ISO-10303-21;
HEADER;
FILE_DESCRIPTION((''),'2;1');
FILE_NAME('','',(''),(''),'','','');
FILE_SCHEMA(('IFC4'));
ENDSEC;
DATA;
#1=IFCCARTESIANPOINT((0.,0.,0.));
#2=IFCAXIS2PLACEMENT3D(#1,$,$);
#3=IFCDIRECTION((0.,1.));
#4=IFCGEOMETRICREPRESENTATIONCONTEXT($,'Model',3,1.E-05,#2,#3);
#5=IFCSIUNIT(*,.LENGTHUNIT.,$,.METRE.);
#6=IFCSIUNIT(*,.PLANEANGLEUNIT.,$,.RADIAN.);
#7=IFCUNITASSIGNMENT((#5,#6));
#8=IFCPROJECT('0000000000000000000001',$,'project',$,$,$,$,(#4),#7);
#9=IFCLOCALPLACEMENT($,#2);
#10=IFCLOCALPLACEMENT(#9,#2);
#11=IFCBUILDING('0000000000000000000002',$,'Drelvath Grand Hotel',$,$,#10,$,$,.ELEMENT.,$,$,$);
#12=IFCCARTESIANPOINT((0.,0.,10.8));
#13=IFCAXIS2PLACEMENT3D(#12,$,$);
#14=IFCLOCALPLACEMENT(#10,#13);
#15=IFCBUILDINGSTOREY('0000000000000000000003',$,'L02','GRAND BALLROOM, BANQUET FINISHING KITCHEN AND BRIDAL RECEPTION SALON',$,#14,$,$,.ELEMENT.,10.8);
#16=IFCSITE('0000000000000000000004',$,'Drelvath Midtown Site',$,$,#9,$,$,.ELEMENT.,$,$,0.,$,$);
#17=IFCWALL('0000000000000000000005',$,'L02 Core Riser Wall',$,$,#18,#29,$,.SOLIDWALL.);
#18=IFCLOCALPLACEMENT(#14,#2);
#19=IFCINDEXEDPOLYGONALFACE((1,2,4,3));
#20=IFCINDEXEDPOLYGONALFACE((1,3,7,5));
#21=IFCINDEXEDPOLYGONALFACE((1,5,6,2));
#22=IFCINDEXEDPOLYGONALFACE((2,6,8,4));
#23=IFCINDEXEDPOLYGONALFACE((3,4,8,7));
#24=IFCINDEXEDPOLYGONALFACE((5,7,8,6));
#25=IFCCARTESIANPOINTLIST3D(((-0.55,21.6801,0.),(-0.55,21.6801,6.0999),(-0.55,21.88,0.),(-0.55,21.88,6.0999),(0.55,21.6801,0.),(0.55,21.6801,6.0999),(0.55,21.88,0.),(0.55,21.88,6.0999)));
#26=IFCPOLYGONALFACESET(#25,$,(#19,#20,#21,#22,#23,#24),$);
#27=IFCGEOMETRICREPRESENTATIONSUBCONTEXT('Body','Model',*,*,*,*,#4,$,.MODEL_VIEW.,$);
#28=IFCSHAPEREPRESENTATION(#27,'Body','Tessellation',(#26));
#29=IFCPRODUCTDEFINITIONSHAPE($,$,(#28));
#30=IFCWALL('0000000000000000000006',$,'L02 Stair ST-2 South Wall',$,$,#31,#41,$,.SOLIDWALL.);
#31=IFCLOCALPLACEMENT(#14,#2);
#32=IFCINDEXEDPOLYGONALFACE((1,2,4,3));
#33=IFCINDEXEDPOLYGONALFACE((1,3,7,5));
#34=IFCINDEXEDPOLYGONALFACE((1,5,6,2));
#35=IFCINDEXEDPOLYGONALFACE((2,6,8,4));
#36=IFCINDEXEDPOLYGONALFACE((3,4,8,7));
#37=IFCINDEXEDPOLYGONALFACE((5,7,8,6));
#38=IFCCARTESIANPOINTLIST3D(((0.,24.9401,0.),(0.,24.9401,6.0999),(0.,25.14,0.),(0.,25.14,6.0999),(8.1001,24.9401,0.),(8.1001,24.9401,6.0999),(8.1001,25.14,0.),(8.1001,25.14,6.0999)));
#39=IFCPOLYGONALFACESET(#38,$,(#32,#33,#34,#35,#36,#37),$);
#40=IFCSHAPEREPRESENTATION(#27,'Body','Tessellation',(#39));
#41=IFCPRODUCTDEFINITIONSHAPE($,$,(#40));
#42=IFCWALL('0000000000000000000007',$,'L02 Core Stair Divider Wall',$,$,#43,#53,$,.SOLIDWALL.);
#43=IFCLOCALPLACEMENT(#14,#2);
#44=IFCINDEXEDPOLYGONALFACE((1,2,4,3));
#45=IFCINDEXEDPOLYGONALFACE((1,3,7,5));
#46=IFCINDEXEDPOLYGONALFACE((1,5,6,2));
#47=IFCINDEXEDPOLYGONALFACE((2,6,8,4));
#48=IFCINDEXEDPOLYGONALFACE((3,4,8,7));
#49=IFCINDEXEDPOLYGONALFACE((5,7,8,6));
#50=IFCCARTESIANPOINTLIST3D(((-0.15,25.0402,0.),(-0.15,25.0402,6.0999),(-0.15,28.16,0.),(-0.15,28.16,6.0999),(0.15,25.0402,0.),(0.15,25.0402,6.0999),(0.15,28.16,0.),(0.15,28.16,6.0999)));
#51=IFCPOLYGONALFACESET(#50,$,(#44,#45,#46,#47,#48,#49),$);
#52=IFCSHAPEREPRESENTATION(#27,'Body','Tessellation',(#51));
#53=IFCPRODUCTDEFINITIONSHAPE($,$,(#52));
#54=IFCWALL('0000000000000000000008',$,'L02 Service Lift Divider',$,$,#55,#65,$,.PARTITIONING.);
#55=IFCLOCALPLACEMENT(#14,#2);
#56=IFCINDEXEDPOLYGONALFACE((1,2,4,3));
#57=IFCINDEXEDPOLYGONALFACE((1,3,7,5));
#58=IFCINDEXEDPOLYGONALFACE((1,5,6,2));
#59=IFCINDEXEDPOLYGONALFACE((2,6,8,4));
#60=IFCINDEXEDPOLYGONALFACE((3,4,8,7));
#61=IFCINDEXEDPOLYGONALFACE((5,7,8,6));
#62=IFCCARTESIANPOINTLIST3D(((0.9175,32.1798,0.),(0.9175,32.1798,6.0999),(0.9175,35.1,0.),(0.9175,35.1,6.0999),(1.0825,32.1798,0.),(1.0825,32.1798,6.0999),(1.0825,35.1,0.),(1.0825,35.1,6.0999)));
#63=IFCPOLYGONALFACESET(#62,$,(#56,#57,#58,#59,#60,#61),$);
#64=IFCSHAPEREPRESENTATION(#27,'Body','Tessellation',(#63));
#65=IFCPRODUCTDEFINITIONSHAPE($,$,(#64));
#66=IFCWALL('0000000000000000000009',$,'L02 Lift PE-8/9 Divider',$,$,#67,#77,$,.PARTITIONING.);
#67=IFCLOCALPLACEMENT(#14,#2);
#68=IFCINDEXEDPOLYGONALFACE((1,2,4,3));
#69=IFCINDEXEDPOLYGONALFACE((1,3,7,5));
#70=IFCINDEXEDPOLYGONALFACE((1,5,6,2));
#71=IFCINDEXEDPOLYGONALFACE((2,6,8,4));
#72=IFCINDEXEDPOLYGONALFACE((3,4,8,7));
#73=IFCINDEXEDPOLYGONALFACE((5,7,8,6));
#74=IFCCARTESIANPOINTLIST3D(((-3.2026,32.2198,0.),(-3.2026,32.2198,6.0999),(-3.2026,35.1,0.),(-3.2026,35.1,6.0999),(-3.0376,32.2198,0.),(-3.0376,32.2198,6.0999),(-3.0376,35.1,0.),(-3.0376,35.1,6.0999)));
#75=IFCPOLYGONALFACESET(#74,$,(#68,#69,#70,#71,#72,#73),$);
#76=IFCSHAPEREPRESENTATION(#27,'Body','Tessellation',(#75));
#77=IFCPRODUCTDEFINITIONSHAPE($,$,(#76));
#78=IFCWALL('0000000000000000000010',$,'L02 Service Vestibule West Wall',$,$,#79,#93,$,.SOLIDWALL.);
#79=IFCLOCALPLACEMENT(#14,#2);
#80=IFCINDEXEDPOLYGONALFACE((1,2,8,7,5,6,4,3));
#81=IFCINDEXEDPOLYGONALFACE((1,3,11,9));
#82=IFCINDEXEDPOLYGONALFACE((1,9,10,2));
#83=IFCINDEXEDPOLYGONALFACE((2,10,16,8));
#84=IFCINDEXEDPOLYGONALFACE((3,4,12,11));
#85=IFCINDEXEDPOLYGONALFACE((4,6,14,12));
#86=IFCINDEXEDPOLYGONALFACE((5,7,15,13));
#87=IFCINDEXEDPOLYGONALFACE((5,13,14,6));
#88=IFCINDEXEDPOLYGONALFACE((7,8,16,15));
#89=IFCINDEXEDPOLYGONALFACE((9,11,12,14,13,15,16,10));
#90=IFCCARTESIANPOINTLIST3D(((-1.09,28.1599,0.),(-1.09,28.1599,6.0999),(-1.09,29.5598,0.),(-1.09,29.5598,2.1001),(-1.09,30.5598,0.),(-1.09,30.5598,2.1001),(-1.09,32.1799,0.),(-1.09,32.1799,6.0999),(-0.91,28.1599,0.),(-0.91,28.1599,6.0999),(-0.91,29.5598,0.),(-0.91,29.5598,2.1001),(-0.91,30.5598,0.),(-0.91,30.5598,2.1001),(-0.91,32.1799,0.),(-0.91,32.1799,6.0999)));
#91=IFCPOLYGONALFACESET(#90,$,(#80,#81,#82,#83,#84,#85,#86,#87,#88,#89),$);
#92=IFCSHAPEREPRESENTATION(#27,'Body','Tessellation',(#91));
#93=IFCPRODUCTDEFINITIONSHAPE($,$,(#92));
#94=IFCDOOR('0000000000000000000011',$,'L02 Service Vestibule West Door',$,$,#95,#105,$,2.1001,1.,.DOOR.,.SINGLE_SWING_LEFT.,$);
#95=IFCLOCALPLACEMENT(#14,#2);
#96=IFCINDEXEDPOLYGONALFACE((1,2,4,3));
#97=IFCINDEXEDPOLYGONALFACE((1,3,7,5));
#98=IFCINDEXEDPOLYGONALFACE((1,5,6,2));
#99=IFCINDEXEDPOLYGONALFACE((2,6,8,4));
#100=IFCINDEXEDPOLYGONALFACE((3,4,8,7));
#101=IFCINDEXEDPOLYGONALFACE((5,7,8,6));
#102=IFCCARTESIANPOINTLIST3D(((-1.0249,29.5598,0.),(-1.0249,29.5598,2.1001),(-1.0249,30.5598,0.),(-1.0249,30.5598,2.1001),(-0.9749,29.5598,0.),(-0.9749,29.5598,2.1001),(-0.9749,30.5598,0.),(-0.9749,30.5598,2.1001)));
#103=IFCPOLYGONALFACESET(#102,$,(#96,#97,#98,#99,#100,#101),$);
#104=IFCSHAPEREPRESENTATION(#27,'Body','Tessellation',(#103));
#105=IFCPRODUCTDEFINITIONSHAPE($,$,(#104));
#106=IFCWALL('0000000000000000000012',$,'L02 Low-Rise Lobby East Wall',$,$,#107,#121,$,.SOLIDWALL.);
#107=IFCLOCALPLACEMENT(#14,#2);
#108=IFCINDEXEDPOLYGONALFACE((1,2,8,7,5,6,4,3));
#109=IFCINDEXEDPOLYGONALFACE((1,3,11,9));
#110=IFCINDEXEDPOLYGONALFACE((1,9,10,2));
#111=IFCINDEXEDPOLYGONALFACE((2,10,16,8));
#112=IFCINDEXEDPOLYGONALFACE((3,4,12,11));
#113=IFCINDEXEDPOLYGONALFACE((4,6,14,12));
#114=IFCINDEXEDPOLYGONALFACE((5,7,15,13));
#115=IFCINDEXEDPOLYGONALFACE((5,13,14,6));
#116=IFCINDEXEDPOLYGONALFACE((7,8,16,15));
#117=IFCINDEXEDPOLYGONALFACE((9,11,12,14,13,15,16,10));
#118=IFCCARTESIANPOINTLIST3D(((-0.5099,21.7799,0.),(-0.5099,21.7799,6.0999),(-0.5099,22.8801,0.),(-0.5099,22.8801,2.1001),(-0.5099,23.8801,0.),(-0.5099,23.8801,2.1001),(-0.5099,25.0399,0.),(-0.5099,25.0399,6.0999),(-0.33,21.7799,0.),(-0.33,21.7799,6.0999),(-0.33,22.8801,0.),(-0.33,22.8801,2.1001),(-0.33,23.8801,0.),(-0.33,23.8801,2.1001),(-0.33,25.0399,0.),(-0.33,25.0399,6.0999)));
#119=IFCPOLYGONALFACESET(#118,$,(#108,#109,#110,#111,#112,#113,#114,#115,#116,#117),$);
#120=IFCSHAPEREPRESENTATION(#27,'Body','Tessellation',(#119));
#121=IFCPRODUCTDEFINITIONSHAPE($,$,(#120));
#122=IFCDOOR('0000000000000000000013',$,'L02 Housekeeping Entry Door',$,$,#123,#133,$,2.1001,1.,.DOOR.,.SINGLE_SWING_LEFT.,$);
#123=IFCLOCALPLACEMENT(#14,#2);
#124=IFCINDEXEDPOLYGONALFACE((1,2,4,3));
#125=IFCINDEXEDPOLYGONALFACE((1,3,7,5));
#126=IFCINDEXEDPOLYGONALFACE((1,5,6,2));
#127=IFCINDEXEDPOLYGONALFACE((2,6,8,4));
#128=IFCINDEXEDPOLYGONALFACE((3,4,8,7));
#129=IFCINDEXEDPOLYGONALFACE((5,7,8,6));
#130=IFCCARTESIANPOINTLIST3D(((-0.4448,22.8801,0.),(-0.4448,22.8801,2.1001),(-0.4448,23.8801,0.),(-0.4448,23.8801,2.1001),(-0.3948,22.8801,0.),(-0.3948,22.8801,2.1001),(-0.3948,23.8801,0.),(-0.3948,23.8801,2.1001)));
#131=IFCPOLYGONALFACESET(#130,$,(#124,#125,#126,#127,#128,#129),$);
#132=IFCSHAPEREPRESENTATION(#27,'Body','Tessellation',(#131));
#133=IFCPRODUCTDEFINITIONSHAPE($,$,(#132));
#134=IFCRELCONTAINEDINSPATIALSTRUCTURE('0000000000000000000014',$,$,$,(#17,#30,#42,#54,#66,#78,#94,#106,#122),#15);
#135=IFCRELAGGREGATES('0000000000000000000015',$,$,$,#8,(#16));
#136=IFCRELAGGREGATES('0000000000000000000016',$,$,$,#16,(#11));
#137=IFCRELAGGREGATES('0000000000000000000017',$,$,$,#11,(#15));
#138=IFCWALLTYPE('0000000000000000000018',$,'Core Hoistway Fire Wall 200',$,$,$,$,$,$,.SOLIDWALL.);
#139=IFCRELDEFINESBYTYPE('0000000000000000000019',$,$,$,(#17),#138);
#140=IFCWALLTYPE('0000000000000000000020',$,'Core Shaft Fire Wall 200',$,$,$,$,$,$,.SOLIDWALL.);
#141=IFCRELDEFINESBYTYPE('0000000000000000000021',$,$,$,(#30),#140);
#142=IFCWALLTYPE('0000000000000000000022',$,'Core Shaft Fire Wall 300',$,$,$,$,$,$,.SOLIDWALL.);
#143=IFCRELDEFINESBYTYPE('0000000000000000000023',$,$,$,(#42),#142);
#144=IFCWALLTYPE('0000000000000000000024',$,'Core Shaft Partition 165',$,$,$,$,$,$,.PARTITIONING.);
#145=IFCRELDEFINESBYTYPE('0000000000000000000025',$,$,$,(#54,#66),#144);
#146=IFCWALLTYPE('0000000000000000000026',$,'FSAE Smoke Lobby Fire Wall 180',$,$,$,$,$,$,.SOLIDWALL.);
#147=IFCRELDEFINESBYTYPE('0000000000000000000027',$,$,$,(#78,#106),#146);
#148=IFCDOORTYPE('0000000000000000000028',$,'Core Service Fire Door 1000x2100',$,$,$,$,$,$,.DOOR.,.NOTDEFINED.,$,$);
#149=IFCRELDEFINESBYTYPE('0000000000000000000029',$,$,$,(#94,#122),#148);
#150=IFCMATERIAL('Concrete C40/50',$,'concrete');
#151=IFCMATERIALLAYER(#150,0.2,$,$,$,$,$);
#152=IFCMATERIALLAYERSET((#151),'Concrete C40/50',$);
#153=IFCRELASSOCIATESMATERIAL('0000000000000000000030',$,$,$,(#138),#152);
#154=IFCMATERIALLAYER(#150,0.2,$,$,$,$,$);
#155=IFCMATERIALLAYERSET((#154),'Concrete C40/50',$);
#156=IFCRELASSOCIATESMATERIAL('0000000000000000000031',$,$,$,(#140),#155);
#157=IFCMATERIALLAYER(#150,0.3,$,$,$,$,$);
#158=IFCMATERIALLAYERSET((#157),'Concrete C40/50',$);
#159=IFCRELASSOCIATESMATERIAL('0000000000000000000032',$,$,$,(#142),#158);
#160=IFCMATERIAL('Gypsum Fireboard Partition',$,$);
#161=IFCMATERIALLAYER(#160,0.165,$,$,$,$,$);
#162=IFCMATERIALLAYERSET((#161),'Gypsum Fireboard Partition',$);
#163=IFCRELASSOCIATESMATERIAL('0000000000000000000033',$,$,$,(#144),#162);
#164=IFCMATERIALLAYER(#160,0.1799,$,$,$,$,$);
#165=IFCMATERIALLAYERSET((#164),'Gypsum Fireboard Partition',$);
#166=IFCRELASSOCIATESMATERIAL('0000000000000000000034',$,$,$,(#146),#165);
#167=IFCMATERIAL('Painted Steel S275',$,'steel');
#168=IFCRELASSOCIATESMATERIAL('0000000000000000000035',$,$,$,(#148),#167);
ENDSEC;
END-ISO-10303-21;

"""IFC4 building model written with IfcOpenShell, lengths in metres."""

from ifc_helpers import new_model, si_unit, direction, frame, frame_2d, origin, place, context, subcontext, project, spatial, rectangle, extrude, material, layer, layer_set, type_object, element, fill, save


model = new_model("IFC4")

# Units and contexts
model_context = context("Model", 3, precision=1e-05, world=origin(), true_north=direction((0.0, 1.0)))
body_context = subcontext(model_context, "Body", "Model", "MODEL_VIEW")
ifc_project = project(units=[si_unit("LENGTHUNIT", "METRE"), si_unit("PLANEANGLEUNIT", "RADIAN")], contexts=[model_context])

# Site, building, storey
site_placement = place(None, origin())
site = spatial("IfcSite", under=ifc_project, at=site_placement, Name="Drelvath Midtown Site", CompositionType="ELEMENT", RefElevation=0.0)
building_placement = place(site_placement, origin())
building = spatial("IfcBuilding", under=site, at=building_placement, Name="Drelvath Grand Hotel", CompositionType="ELEMENT")
storey_placement = place(building_placement, frame((0.0, 0.0, 10.8)))
storey = spatial("IfcBuildingStorey", under=building, at=storey_placement, Name="L02", Description="GRAND BALLROOM, BANQUET FINISHING KITCHEN AND BRIDAL RECEPTION SALON", CompositionType="ELEMENT", Elevation=10.8)

# Shared definitions
ifc_material_1 = material(Name="Painted Steel S275", Category="steel")

# Shared definitions
ifc_material_2 = material(Name="Concrete C40/50", Category="concrete")
ifc_layer_1 = layer(ifc_material_2, 0.2)
ifc_layer_set_1 = layer_set([ifc_layer_1], Name="Concrete C40/50")
wall_type_1 = type_object("IfcWallType", Name="Core Hoistway Fire Wall 200", PredefinedType="SOLIDWALL", material=ifc_layer_set_1)

# Walls
wall_1_placement = place(storey_placement, frame((-0.55, 21.78, 0.0), z_axis=(0.0, 0.0, 1.0), x_axis=(1.0, 0.0, 0.0)))
element("IfcWall", 1, at=wall_1_placement, inside=storey, type_object=wall_type_1, Name="L02 Core Riser Wall", PredefinedType="SOLIDWALL", context=body_context, shape_type="SweptSolid", body=[
    extrude(rectangle(XDim=1.1001, YDim=0.2, at=frame_2d((0.55, 0.0))), origin(), (0.0, 0.0, 1.0), 6.0999),
])
ifc_layer_2 = layer(ifc_material_2, 0.2)
ifc_layer_set_2 = layer_set([ifc_layer_2], Name="Concrete C40/50")
wall_type_2 = type_object("IfcWallType", Name="Core Shaft Fire Wall 200", PredefinedType="SOLIDWALL", material=ifc_layer_set_2)
wall_2_placement = place(storey_placement, frame((0.0, 25.04, 0.0), z_axis=(0.0, 0.0, 1.0), x_axis=(1.0, 0.0, 0.0)))
element("IfcWall", 2, at=wall_2_placement, inside=storey, type_object=wall_type_2, Name="L02 Stair ST-2 South Wall", PredefinedType="SOLIDWALL", context=body_context, shape_type="SweptSolid", body=[
    extrude(rectangle(XDim=8.1001, YDim=0.2, at=frame_2d((4.05, 0.0))), origin(), (0.0, 0.0, 1.0), 6.0999),
])
ifc_layer_3 = layer(ifc_material_2, 0.3)
ifc_layer_set_3 = layer_set([ifc_layer_3], Name="Concrete C40/50")
wall_type_3 = type_object("IfcWallType", Name="Core Shaft Fire Wall 300", PredefinedType="SOLIDWALL", material=ifc_layer_set_3)
wall_3_placement = place(storey_placement, frame((0.0, 25.04, 0.0), z_axis=(0.0, 0.0, 1.0), x_axis=(0.0, 1.0, 0.0)))
element("IfcWall", 3, at=wall_3_placement, inside=storey, type_object=wall_type_3, Name="L02 Core Stair Divider Wall", PredefinedType="SOLIDWALL", context=body_context, shape_type="SweptSolid", body=[
    extrude(rectangle(XDim=3.1199, YDim=0.3, at=frame_2d((1.5601, 0.0))), origin(), (0.0, 0.0, 1.0), 6.0999),
])
ifc_material_3 = material(Name="Gypsum Fireboard Partition")
ifc_layer_4 = layer(ifc_material_3, 0.165)
ifc_layer_set_4 = layer_set([ifc_layer_4], Name="Gypsum Fireboard Partition")
wall_type_4 = type_object("IfcWallType", Name="Core Shaft Partition 165", PredefinedType="PARTITIONING", material=ifc_layer_set_4)
wall_4_placement = place(storey_placement, frame((1.0, 32.1799, 0.0), z_axis=(0.0, 0.0, 1.0), x_axis=(0.0, 1.0, 0.0)))
element("IfcWall", 4, at=wall_4_placement, inside=storey, type_object=wall_type_4, Name="L02 Service Lift Divider", PredefinedType="PARTITIONING", context=body_context, shape_type="SweptSolid", body=[
    extrude(rectangle(XDim=2.9202, YDim=0.165, at=frame_2d((1.46, 0.0))), origin(), (0.0, 0.0, 1.0), 6.0999),
])
wall_5_placement = place(storey_placement, frame((-3.1201, 32.22, 0.0), z_axis=(0.0, 0.0, 1.0), x_axis=(0.0, 1.0, 0.0)))
element("IfcWall", 5, at=wall_5_placement, inside=storey, type_object=wall_type_4, Name="L02 Lift PE-8/9 Divider", PredefinedType="PARTITIONING", context=body_context, shape_type="SweptSolid", body=[
    extrude(rectangle(XDim=2.8801, YDim=0.165, at=frame_2d((1.4399, 0.0))), origin(), (0.0, 0.0, 1.0), 6.0999),
])

# Walls, openings, doors
ifc_layer_5 = layer(ifc_material_3, 0.1799)
ifc_layer_set_5 = layer_set([ifc_layer_5], Name="Gypsum Fireboard Partition")
wall_type_5 = type_object("IfcWallType", Name="FSAE Smoke Lobby Fire Wall 180", PredefinedType="SOLIDWALL", material=ifc_layer_set_5)
wall_6_placement = place(storey_placement, frame((-1.0, 28.1599, 0.0), z_axis=(0.0, 0.0, 1.0), x_axis=(0.0, 1.0, 0.0)))
wall_6 = element("IfcWall", 6, at=wall_6_placement, inside=storey, type_object=wall_type_5, Name="L02 Service Vestibule West Wall", PredefinedType="SOLIDWALL", context=body_context, shape_type="SweptSolid", body=[
    extrude(rectangle(XDim=4.02, YDim=0.1799, at=frame_2d((2.01, 0.0))), origin(), (0.0, 0.0, 1.0), 6.0999),
])
opening_1_placement = place(wall_6_placement, frame((1.3999, 0.0, 0.0)))
opening_1 = element("IfcOpeningElement", 7, at=opening_1_placement, cuts=wall_6, PredefinedType="OPENING", context=body_context, shape_type="SweptSolid", body=[
    extrude(rectangle(XDim=1.0, YDim=2.1001, at=frame_2d((0.5, 1.05))), frame((0.0, 0.0999, 0.0), z_axis=(0.0, -1.0, 0.0), x_axis=(1.0, 0.0, 0.0)), (0.0, 0.0, 1.0), 0.2),
])
door_type_1 = type_object("IfcDoorType", Name="Core Service Fire Door 1000x2100", OperationType="NOTDEFINED", PredefinedType="DOOR", material=ifc_material_1)
door_1_placement = place(opening_1_placement, origin())
door_1 = element("IfcDoor", 8, at=door_1_placement, inside=storey, type_object=door_type_1, Name="L02 Service Vestibule West Door", OperationType="SINGLE_SWING_LEFT", OverallHeight=2.1001, OverallWidth=1.0, PredefinedType="DOOR", context=body_context, shape_type="SweptSolid", body=[
    extrude(rectangle(XDim=1.0, YDim=2.1001, at=frame_2d((0.5, 1.05))), frame((0.0, 0.0249, 0.0), z_axis=(0.0, -1.0, 0.0), x_axis=(1.0, 0.0, 0.0)), (0.0, 0.0, 1.0), 0.05),
])
fill(opening_1, door_1)
wall_7_placement = place(storey_placement, frame((-0.4199, 21.78, 0.0), z_axis=(0.0, 0.0, 1.0), x_axis=(0.0, 1.0, 0.0)))
wall_7 = element("IfcWall", 9, at=wall_7_placement, inside=storey, type_object=wall_type_5, Name="L02 Low-Rise Lobby East Wall", PredefinedType="SOLIDWALL", context=body_context, shape_type="SweptSolid", body=[
    extrude(rectangle(XDim=3.26, YDim=0.1799, at=frame_2d((1.6299, 0.0))), origin(), (0.0, 0.0, 1.0), 6.0999),
])
opening_2_placement = place(wall_7_placement, frame((1.1001, 0.0, 0.0)))
opening_2 = element("IfcOpeningElement", 10, at=opening_2_placement, cuts=wall_7, PredefinedType="OPENING", context=body_context, shape_type="SweptSolid", body=[
    extrude(rectangle(XDim=1.0, YDim=2.1001, at=frame_2d((0.5, 1.05))), frame((0.0, 0.0999, 0.0), z_axis=(0.0, -1.0, 0.0), x_axis=(1.0, 0.0, 0.0)), (0.0, 0.0, 1.0), 0.2),
])
door_2_placement = place(opening_2_placement, origin())
door_2 = element("IfcDoor", 11, at=door_2_placement, inside=storey, type_object=door_type_1, Name="L02 Housekeeping Entry Door", OperationType="SINGLE_SWING_LEFT", OverallHeight=2.1001, OverallWidth=1.0, PredefinedType="DOOR", context=body_context, shape_type="SweptSolid", body=[
    extrude(rectangle(XDim=1.0, YDim=2.1001, at=frame_2d((0.5, 1.05))), frame((0.0, 0.0249, 0.0), z_axis=(0.0, -1.0, 0.0), x_axis=(1.0, 0.0, 0.0)), (0.0, 0.0, 1.0), 0.05),
])
fill(opening_2, door_2)

save(model, "model.ifc")
